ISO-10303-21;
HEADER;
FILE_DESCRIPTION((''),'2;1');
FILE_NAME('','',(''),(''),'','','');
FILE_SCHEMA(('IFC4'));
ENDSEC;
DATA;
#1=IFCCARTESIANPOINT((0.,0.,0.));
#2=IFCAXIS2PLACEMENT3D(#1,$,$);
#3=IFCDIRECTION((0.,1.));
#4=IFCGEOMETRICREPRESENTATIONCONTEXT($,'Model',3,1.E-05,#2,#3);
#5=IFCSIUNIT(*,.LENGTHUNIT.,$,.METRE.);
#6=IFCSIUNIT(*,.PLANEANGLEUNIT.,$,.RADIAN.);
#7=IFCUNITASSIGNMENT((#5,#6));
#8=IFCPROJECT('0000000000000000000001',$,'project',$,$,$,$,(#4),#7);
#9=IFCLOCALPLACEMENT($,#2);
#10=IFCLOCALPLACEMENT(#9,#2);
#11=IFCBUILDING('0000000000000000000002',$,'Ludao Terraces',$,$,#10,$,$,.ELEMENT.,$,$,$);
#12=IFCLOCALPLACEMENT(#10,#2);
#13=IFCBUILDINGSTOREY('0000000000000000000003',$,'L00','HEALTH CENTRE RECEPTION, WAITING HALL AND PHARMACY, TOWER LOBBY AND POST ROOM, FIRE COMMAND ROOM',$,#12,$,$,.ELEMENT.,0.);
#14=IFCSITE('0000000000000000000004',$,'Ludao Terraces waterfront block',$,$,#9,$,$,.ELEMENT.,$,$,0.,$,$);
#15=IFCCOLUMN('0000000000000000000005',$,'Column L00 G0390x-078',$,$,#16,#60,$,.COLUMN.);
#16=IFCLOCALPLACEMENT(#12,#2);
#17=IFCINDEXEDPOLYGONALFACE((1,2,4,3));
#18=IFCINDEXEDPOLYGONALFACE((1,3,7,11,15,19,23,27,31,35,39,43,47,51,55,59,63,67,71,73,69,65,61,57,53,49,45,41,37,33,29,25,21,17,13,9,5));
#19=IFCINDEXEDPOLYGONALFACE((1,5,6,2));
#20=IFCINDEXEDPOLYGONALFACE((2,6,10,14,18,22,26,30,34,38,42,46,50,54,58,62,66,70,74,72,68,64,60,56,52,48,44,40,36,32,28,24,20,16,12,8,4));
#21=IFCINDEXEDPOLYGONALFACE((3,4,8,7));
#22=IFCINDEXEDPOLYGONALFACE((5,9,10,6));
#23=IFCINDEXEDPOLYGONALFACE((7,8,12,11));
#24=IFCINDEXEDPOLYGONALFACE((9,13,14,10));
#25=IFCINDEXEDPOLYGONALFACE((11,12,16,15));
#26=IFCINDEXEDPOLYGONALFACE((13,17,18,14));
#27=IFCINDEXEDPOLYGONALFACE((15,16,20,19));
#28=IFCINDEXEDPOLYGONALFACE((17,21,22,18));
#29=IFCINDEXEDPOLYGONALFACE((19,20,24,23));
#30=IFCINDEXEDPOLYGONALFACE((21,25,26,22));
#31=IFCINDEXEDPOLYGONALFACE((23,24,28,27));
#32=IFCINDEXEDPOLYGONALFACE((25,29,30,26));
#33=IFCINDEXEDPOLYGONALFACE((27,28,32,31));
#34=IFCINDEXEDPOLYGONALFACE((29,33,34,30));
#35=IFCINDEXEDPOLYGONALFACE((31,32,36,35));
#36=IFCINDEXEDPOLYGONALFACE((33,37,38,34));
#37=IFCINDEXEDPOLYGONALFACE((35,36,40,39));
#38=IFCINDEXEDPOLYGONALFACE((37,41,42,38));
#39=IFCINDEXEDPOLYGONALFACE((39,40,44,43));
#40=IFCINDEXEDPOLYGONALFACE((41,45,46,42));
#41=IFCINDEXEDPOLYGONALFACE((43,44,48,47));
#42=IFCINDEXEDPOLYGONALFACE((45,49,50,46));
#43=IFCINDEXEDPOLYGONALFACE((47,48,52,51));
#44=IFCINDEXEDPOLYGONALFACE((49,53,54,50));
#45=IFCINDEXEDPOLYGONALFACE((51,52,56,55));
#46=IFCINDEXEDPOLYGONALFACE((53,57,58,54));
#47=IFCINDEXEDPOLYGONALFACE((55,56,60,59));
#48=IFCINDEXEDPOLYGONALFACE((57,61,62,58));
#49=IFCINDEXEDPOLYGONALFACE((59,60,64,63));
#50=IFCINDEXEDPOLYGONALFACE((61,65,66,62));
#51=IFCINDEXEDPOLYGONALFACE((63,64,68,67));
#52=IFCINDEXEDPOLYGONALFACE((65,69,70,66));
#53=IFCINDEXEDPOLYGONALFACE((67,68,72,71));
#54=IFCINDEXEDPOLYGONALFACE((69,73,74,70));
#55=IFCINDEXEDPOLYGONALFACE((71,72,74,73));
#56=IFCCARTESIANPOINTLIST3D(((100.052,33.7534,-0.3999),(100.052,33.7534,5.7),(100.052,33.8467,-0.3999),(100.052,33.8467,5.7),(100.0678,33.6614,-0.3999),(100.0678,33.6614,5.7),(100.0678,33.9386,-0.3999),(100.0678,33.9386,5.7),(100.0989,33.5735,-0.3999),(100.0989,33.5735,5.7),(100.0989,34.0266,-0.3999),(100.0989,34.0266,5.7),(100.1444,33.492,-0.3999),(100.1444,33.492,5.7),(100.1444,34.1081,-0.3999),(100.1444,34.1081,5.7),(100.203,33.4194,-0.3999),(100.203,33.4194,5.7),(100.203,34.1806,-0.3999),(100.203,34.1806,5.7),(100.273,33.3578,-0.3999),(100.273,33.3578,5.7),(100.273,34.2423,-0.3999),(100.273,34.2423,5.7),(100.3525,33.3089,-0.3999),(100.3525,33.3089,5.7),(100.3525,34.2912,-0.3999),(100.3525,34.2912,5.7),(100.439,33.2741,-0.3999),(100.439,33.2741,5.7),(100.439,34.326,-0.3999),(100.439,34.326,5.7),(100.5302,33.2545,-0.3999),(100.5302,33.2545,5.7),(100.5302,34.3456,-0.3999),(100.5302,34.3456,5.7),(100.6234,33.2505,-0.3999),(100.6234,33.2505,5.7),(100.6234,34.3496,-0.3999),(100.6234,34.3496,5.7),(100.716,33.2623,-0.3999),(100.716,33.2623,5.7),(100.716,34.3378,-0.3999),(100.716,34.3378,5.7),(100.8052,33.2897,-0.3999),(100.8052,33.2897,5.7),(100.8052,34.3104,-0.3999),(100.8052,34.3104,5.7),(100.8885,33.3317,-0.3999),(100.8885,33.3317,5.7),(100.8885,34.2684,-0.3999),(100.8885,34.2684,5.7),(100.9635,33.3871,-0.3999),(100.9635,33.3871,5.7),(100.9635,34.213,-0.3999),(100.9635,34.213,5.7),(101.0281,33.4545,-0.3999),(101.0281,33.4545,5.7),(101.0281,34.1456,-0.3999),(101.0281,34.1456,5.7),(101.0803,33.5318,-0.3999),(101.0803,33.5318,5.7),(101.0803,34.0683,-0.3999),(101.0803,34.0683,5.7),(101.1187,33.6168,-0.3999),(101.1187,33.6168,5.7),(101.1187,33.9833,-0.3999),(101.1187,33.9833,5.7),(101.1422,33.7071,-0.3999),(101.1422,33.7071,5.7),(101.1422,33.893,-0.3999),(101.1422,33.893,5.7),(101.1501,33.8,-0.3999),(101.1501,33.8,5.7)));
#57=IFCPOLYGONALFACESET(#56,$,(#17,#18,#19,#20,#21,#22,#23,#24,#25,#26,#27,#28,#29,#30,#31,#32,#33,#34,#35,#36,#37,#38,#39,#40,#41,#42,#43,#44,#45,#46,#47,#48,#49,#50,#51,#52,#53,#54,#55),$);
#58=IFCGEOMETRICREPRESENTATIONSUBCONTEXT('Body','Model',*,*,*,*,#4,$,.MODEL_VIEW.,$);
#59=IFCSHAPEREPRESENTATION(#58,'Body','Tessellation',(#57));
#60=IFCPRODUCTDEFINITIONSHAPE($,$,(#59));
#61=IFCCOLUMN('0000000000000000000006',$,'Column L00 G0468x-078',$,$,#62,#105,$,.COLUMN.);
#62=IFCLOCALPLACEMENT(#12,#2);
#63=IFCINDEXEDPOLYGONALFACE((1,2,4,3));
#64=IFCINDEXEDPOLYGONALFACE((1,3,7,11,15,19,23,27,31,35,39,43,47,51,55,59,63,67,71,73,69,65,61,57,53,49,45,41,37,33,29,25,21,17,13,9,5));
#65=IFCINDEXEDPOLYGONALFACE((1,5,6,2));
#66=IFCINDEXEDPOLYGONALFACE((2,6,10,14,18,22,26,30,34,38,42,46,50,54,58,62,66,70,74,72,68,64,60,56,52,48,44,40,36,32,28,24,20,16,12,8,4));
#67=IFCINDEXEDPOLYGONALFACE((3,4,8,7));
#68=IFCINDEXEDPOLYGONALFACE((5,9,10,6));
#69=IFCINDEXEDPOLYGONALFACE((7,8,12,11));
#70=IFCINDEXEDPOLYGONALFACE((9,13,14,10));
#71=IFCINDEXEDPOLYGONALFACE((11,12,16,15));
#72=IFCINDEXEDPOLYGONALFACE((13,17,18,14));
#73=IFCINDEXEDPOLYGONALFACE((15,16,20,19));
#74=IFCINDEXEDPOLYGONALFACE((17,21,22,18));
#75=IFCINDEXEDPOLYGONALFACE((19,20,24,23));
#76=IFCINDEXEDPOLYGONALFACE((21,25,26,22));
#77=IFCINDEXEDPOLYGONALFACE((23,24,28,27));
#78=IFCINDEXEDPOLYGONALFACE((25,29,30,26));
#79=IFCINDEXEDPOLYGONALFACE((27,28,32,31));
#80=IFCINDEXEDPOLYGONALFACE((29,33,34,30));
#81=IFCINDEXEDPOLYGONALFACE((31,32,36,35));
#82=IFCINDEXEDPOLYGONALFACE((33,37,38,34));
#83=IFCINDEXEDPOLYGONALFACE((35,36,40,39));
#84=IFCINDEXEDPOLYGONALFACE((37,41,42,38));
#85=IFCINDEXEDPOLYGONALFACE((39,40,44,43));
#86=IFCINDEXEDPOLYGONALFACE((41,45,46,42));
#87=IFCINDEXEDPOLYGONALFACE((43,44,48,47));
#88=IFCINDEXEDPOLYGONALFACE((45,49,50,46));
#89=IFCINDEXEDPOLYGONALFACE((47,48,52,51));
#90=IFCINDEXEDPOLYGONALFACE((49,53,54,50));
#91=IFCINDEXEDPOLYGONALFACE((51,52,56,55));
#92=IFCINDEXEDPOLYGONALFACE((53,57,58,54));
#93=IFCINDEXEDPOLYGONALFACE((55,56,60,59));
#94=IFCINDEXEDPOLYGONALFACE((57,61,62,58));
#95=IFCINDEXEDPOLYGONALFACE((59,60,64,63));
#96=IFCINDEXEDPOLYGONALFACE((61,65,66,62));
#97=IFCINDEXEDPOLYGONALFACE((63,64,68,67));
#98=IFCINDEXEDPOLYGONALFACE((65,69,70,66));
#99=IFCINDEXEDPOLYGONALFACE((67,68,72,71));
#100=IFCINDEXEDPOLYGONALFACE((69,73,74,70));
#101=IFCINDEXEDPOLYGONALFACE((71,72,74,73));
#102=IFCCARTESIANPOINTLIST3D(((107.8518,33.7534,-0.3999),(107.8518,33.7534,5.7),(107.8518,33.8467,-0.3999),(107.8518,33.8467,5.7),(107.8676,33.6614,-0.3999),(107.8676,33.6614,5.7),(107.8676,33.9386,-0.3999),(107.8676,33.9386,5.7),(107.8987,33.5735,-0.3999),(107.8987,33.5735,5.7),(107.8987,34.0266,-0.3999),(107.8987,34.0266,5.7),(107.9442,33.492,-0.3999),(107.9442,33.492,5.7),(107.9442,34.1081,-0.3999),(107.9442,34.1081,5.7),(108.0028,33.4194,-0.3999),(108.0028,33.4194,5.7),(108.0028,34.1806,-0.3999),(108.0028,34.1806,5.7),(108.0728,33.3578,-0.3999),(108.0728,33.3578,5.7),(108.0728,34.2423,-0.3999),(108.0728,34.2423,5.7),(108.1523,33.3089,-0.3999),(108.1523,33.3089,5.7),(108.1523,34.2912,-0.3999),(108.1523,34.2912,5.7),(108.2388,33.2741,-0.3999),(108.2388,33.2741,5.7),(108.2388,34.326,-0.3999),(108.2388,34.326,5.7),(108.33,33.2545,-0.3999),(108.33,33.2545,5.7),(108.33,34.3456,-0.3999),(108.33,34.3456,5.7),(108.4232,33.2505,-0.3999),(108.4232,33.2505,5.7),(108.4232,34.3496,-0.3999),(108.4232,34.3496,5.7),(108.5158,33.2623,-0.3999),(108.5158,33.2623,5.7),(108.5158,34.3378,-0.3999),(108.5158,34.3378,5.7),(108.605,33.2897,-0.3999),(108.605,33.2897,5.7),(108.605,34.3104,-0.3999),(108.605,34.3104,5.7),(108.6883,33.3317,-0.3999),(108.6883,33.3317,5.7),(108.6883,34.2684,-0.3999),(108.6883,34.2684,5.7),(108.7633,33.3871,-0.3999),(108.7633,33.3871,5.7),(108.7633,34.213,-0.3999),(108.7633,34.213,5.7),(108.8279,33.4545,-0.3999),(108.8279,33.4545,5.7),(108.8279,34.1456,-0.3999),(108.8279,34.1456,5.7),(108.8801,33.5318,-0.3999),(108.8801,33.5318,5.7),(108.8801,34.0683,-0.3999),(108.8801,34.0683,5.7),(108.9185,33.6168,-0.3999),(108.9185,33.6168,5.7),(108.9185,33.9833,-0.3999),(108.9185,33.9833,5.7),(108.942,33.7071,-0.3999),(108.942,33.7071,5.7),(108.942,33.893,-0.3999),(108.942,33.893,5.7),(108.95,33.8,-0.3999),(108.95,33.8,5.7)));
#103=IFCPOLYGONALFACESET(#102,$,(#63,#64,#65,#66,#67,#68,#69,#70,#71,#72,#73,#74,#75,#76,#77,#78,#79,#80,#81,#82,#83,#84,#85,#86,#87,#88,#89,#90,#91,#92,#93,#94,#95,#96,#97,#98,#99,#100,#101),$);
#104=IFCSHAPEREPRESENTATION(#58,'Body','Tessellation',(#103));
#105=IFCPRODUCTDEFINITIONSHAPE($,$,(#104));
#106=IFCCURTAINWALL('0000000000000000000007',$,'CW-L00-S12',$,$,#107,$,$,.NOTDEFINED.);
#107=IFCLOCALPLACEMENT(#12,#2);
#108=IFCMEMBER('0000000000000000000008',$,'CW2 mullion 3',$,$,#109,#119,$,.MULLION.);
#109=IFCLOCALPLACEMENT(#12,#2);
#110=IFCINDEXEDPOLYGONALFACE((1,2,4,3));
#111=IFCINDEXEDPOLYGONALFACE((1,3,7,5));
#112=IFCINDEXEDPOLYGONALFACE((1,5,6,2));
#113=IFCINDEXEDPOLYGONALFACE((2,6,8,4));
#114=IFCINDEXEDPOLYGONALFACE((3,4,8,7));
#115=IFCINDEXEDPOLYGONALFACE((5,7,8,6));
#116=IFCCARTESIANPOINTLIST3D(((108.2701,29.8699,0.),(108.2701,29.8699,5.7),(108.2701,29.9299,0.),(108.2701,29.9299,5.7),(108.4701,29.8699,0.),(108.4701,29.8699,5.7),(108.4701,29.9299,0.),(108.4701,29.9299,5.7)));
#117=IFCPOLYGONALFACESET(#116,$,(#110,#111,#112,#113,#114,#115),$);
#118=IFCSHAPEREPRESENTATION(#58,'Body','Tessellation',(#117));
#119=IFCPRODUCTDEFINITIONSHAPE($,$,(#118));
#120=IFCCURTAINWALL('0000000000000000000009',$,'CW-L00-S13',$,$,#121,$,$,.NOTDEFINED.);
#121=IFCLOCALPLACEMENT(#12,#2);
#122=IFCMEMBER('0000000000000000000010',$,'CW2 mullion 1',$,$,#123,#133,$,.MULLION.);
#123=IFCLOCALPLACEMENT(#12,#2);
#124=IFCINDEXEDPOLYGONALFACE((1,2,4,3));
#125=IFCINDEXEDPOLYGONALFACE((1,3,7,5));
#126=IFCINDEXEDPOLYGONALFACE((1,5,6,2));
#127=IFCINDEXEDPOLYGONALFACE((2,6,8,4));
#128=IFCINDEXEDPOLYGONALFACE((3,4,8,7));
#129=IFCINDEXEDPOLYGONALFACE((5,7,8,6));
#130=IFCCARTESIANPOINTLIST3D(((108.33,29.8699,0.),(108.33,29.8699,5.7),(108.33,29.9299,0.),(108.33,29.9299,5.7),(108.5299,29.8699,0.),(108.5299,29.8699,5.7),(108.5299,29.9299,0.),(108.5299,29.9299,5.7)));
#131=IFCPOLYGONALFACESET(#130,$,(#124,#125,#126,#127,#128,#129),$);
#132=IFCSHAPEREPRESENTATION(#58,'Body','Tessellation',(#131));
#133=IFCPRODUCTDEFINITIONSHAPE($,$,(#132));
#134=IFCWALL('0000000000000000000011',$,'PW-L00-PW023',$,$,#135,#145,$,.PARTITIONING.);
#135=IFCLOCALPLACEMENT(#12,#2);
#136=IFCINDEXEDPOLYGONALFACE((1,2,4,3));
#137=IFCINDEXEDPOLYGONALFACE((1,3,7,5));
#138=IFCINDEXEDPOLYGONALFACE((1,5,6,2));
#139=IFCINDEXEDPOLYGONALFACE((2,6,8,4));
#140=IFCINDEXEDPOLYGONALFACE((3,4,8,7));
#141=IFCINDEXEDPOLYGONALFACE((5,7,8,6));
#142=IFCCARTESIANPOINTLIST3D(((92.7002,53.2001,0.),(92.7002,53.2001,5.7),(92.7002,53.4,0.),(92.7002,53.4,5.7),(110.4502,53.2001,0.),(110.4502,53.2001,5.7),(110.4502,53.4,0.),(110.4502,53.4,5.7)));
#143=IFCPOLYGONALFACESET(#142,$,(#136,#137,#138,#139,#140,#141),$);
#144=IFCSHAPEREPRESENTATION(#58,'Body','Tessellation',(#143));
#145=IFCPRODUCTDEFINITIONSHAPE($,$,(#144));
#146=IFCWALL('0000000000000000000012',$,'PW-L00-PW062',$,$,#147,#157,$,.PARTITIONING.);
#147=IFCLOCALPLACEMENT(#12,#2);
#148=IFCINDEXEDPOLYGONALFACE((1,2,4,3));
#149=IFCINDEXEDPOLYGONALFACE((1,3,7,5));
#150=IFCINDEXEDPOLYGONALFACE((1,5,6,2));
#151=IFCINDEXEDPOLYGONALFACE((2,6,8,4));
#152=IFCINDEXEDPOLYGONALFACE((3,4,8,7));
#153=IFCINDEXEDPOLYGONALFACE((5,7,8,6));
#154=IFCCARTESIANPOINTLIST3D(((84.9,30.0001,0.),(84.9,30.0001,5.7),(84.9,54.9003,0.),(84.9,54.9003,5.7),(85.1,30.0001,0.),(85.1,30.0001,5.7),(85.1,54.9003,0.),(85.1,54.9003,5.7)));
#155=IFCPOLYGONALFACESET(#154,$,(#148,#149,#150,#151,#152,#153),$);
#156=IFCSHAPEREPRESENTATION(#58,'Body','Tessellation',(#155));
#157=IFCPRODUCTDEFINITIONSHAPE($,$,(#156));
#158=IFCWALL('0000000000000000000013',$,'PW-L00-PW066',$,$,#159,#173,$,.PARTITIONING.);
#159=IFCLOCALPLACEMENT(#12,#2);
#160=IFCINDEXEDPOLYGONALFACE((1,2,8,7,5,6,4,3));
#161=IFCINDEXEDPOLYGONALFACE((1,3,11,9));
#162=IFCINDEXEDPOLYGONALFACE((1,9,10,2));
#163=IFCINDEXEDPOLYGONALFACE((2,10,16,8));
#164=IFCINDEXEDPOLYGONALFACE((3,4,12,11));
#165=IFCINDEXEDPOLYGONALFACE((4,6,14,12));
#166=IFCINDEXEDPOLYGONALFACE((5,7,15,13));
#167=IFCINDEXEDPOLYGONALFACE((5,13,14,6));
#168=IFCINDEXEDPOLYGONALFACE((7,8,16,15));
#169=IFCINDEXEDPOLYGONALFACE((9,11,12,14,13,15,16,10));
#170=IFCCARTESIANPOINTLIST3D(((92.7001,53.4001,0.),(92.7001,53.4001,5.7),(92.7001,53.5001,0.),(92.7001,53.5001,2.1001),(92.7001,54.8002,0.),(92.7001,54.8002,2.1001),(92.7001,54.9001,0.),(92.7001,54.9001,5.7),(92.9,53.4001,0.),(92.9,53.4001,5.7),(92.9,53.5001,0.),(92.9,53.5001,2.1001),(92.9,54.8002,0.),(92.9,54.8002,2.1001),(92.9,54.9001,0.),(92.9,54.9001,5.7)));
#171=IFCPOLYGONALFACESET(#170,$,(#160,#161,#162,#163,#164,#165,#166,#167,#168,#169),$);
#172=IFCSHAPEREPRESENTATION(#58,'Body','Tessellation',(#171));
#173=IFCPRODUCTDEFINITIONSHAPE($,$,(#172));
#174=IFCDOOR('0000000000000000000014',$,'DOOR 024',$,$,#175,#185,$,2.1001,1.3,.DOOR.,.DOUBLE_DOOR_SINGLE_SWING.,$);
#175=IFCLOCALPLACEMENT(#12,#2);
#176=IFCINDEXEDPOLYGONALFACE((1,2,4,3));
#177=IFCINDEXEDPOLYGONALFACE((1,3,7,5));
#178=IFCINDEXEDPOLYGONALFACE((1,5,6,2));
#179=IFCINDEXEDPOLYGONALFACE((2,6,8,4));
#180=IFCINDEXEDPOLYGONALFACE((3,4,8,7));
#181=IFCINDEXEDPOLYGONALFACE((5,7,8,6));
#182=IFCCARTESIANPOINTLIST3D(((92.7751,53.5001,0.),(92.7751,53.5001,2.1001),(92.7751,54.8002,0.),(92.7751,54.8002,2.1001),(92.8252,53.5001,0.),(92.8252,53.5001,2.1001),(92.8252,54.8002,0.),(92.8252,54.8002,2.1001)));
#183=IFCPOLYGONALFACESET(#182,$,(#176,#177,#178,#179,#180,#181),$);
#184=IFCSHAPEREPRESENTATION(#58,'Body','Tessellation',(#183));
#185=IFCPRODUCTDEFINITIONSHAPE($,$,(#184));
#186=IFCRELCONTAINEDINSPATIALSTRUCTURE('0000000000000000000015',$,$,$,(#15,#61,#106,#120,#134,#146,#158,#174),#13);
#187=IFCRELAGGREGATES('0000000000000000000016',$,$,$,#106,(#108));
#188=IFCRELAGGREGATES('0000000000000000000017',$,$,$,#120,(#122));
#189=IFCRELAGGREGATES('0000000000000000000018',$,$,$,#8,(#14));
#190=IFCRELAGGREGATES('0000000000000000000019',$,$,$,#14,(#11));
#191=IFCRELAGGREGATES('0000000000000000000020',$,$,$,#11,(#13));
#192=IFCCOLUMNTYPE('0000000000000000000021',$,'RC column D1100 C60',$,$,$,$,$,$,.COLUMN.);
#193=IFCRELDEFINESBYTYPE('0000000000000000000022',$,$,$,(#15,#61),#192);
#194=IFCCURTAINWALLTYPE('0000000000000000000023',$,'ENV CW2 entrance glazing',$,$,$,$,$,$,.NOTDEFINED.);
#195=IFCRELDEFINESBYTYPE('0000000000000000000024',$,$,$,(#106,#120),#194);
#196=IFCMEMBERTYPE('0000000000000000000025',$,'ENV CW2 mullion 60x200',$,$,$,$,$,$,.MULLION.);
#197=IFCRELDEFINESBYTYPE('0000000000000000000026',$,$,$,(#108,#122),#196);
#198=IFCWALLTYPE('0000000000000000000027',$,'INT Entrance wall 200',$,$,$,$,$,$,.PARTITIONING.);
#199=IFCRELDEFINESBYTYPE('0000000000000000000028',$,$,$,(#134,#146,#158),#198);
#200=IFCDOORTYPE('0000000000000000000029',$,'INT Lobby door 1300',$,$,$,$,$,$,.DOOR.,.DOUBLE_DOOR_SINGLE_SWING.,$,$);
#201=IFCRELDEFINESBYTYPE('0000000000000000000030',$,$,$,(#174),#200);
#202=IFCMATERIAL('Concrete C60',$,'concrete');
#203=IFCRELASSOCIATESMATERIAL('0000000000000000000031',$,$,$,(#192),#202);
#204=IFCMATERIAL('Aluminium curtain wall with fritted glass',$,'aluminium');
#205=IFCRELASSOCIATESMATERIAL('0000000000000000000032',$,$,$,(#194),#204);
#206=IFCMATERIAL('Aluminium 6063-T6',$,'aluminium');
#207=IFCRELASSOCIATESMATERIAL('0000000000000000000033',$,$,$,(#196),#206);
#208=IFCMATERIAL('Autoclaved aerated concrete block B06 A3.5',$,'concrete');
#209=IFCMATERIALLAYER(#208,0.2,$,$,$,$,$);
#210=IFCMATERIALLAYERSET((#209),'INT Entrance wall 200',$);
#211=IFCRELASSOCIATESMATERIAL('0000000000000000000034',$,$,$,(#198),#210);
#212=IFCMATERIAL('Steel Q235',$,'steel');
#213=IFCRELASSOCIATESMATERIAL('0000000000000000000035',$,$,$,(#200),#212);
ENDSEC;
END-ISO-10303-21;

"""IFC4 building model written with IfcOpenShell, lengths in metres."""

from ifc_helpers import new_model, si_unit, direction, frame, frame_2d, origin, origin_2d, place, context, subcontext, project, spatial, rectangle, circle, extrude, material, layer, layer_set, material_profile, profile_set, type_object, element, fill, aggregate, save


model = new_model("IFC4")

# Units and contexts
model_context = context("Model", 3, precision=1e-05, world=origin(), true_north=direction((0.0, 1.0)))
body_context = subcontext(model_context, "Body", "Model", "MODEL_VIEW")
ifc_project = project(units=[si_unit("LENGTHUNIT", "METRE"), si_unit("PLANEANGLEUNIT", "RADIAN")], contexts=[model_context])

# Site, building, storey
site_placement = place(None, origin())
site = spatial("IfcSite", under=ifc_project, at=site_placement, Name="Ludao Terraces waterfront block", CompositionType="ELEMENT", RefElevation=0.0)
building_placement = place(site_placement, origin())
building = spatial("IfcBuilding", under=site, at=building_placement, Name="Ludao Terraces", CompositionType="ELEMENT")
storey_placement = place(building_placement, origin())
storey = spatial("IfcBuildingStorey", under=building, at=storey_placement, Name="L00", Description="HEALTH CENTRE RECEPTION, WAITING HALL AND PHARMACY, TOWER LOBBY AND POST ROOM, FIRE COMMAND ROOM", CompositionType="ELEMENT", Elevation=0.0)

# Columns
ifc_material_1 = material(Name="Concrete C60", Category="concrete")
ifc_material_profile_1 = material_profile(ifc_material_1, circle(Radius=0.55, at=origin_2d()), Name="D1100")
ifc_profile_set_1 = profile_set([ifc_material_profile_1], Name="Concrete C60")
column_type_1 = type_object("IfcColumnType", Name="RC column D1100 C60", PredefinedType="COLUMN", material=ifc_profile_set_1)
for number, where, z_axis, x_axis, name in (
    (1, (100.6001, 33.8, -0.3999), (0.0, 0.0, 1.0), (1.0, 0.0, 0.0), "Column L00 G0390x-078"),
    (2, (108.3999, 33.8, -0.3999), (0.0, 0.0, 1.0), (1.0, 0.0, 0.0), "Column L00 G0468x-078"),
):
    element("IfcColumn", number, at=place(storey_placement, frame(where, z_axis=z_axis, x_axis=x_axis)), inside=storey, type_object=column_type_1, Name=name, PredefinedType="COLUMN", context=body_context, shape_type="SweptSolid", body=[
        extrude(circle(Radius=0.55, at=origin_2d()), origin(), (0.0, 0.0, 1.0), 6.0999),
    ])

# Curtain walls, members
ifc_material_2 = material(Name="Aluminium curtain wall with fritted glass", Category="aluminium")
curtain_wall_type = type_object("IfcCurtainWallType", Name="ENV CW2 entrance glazing", PredefinedType="NOTDEFINED", material=ifc_material_2)
curtain_wall_1_placement = place(storey_placement, origin())
curtain_wall_1 = element("IfcCurtainWall", 3, at=curtain_wall_1_placement, inside=storey, type_object=curtain_wall_type, Name="CW-L00-S12", PredefinedType="NOTDEFINED")
ifc_material_3 = material(Name="Aluminium 6063-T6", Category="aluminium")
ifc_material_profile_2 = material_profile(ifc_material_3, rectangle(XDim=0.0601, YDim=0.2, at=origin_2d()), Name="60 X 200")
ifc_profile_set_2 = profile_set([ifc_material_profile_2], Name="Aluminium 6063-T6")
member_type = type_object("IfcMemberType", Name="ENV CW2 mullion 60x200", PredefinedType="MULLION", material=ifc_profile_set_2)
member_1_placement = place(storey_placement, frame((108.3701, 29.8999, 0.0), z_axis=(0.0, 0.0, 1.0), x_axis=(0.0, 1.0, 0.0)))
member_1 = element("IfcMember", 4, at=member_1_placement, type_object=member_type, Name="CW2 mullion 3", PredefinedType="MULLION", context=body_context, shape_type="SweptSolid", body=[
    extrude(rectangle(XDim=0.0601, YDim=0.2, at=origin_2d()), origin(), (0.0, 0.0, 1.0), 5.7),
])
aggregate(curtain_wall_1, [member_1])
curtain_wall_2_placement = place(storey_placement, origin())
curtain_wall_2 = element("IfcCurtainWall", 5, at=curtain_wall_2_placement, inside=storey, type_object=curtain_wall_type, Name="CW-L00-S13", PredefinedType="NOTDEFINED")
member_2_placement = place(storey_placement, frame((108.4299, 29.8999, 0.0), z_axis=(0.0, 0.0, 1.0), x_axis=(0.0, 1.0, 0.0)))
member_2 = element("IfcMember", 6, at=member_2_placement, type_object=member_type, Name="CW2 mullion 1", PredefinedType="MULLION", context=body_context, shape_type="SweptSolid", body=[
    extrude(rectangle(XDim=0.0601, YDim=0.2, at=origin_2d()), origin(), (0.0, 0.0, 1.0), 5.7),
])
aggregate(curtain_wall_2, [member_2])

# Walls
ifc_material_4 = material(Name="Autoclaved aerated concrete block B06 A3.5", Category="concrete")
ifc_layer_1 = layer(ifc_material_4, 0.2)
ifc_layer_set_1 = layer_set([ifc_layer_1], Name="INT Entrance wall 200")
wall_type_1 = type_object("IfcWallType", Name="INT Entrance wall 200", PredefinedType="PARTITIONING", material=ifc_layer_set_1)
wall_1_placement = place(storey_placement, frame((92.7002, 53.3, 0.0), z_axis=(0.0, 0.0, 1.0), x_axis=(1.0, 0.0, 0.0)))
element("IfcWall", 7, at=wall_1_placement, inside=storey, type_object=wall_type_1, Name="PW-L00-PW023", PredefinedType="PARTITIONING", context=body_context, shape_type="SweptSolid", body=[
    extrude(rectangle(XDim=17.75, YDim=0.2, at=frame_2d((8.875, 0.0))), origin(), (0.0, 0.0, 1.0), 5.7),
])
wall_2_placement = place(storey_placement, frame((85.0, 30.0, 0.0), z_axis=(0.0, 0.0, 1.0), x_axis=(0.0, 1.0, 0.0)))
element("IfcWall", 8, at=wall_2_placement, inside=storey, type_object=wall_type_1, Name="PW-L00-PW062", PredefinedType="PARTITIONING", context=body_context, shape_type="SweptSolid", body=[
    extrude(rectangle(XDim=24.9001, YDim=0.2, at=frame_2d((12.4502, 0.0))), origin(), (0.0, 0.0, 1.0), 5.7),
])

# Wall, opening, door
wall_3_placement = place(storey_placement, frame((92.8, 53.4001, 0.0), z_axis=(0.0, 0.0, 1.0), x_axis=(0.0, 1.0, 0.0)))
wall_3 = element("IfcWall", 9, at=wall_3_placement, inside=storey, type_object=wall_type_1, Name="PW-L00-PW066", PredefinedType="PARTITIONING", context=body_context, shape_type="SweptSolid", body=[
    extrude(rectangle(XDim=1.5, YDim=0.2, at=frame_2d((0.75, 0.0))), origin(), (0.0, 0.0, 1.0), 5.7),
])
opening_1_placement = place(wall_3_placement, frame((0.1001, 0.0, 0.0)))
opening_1 = element("IfcOpeningElement", 10, at=opening_1_placement, cuts=wall_3, PredefinedType="OPENING", context=body_context, shape_type="SweptSolid", body=[
    extrude(rectangle(XDim=1.3, YDim=2.1001, at=frame_2d((0.6499, 1.05))), frame((0.0, 0.1099, 0.0), z_axis=(0.0, -1.0, 0.0), x_axis=(1.0, 0.0, 0.0)), (0.0, 0.0, 1.0), 0.22),
])
ifc_material_5 = material(Name="Steel Q235", Category="steel")
door_type_1 = type_object("IfcDoorType", Name="INT Lobby door 1300", OperationType="DOUBLE_DOOR_SINGLE_SWING", PredefinedType="DOOR", material=ifc_material_5)
door_1_placement = place(opening_1_placement, origin())
door_1 = element("IfcDoor", 11, at=door_1_placement, inside=storey, type_object=door_type_1, Name="DOOR 024", OperationType="DOUBLE_DOOR_SINGLE_SWING", OverallHeight=2.1001, OverallWidth=1.3, PredefinedType="DOOR", context=body_context, shape_type="SweptSolid", body=[
    extrude(rectangle(XDim=1.3, YDim=2.1001, at=frame_2d((0.6499, 1.05))), frame((0.0, 0.0249, 0.0), z_axis=(0.0, -1.0, 0.0), x_axis=(1.0, 0.0, 0.0)), (0.0, 0.0, 1.0), 0.05),
])
fill(opening_1, door_1)

save(model, "model.ifc")
